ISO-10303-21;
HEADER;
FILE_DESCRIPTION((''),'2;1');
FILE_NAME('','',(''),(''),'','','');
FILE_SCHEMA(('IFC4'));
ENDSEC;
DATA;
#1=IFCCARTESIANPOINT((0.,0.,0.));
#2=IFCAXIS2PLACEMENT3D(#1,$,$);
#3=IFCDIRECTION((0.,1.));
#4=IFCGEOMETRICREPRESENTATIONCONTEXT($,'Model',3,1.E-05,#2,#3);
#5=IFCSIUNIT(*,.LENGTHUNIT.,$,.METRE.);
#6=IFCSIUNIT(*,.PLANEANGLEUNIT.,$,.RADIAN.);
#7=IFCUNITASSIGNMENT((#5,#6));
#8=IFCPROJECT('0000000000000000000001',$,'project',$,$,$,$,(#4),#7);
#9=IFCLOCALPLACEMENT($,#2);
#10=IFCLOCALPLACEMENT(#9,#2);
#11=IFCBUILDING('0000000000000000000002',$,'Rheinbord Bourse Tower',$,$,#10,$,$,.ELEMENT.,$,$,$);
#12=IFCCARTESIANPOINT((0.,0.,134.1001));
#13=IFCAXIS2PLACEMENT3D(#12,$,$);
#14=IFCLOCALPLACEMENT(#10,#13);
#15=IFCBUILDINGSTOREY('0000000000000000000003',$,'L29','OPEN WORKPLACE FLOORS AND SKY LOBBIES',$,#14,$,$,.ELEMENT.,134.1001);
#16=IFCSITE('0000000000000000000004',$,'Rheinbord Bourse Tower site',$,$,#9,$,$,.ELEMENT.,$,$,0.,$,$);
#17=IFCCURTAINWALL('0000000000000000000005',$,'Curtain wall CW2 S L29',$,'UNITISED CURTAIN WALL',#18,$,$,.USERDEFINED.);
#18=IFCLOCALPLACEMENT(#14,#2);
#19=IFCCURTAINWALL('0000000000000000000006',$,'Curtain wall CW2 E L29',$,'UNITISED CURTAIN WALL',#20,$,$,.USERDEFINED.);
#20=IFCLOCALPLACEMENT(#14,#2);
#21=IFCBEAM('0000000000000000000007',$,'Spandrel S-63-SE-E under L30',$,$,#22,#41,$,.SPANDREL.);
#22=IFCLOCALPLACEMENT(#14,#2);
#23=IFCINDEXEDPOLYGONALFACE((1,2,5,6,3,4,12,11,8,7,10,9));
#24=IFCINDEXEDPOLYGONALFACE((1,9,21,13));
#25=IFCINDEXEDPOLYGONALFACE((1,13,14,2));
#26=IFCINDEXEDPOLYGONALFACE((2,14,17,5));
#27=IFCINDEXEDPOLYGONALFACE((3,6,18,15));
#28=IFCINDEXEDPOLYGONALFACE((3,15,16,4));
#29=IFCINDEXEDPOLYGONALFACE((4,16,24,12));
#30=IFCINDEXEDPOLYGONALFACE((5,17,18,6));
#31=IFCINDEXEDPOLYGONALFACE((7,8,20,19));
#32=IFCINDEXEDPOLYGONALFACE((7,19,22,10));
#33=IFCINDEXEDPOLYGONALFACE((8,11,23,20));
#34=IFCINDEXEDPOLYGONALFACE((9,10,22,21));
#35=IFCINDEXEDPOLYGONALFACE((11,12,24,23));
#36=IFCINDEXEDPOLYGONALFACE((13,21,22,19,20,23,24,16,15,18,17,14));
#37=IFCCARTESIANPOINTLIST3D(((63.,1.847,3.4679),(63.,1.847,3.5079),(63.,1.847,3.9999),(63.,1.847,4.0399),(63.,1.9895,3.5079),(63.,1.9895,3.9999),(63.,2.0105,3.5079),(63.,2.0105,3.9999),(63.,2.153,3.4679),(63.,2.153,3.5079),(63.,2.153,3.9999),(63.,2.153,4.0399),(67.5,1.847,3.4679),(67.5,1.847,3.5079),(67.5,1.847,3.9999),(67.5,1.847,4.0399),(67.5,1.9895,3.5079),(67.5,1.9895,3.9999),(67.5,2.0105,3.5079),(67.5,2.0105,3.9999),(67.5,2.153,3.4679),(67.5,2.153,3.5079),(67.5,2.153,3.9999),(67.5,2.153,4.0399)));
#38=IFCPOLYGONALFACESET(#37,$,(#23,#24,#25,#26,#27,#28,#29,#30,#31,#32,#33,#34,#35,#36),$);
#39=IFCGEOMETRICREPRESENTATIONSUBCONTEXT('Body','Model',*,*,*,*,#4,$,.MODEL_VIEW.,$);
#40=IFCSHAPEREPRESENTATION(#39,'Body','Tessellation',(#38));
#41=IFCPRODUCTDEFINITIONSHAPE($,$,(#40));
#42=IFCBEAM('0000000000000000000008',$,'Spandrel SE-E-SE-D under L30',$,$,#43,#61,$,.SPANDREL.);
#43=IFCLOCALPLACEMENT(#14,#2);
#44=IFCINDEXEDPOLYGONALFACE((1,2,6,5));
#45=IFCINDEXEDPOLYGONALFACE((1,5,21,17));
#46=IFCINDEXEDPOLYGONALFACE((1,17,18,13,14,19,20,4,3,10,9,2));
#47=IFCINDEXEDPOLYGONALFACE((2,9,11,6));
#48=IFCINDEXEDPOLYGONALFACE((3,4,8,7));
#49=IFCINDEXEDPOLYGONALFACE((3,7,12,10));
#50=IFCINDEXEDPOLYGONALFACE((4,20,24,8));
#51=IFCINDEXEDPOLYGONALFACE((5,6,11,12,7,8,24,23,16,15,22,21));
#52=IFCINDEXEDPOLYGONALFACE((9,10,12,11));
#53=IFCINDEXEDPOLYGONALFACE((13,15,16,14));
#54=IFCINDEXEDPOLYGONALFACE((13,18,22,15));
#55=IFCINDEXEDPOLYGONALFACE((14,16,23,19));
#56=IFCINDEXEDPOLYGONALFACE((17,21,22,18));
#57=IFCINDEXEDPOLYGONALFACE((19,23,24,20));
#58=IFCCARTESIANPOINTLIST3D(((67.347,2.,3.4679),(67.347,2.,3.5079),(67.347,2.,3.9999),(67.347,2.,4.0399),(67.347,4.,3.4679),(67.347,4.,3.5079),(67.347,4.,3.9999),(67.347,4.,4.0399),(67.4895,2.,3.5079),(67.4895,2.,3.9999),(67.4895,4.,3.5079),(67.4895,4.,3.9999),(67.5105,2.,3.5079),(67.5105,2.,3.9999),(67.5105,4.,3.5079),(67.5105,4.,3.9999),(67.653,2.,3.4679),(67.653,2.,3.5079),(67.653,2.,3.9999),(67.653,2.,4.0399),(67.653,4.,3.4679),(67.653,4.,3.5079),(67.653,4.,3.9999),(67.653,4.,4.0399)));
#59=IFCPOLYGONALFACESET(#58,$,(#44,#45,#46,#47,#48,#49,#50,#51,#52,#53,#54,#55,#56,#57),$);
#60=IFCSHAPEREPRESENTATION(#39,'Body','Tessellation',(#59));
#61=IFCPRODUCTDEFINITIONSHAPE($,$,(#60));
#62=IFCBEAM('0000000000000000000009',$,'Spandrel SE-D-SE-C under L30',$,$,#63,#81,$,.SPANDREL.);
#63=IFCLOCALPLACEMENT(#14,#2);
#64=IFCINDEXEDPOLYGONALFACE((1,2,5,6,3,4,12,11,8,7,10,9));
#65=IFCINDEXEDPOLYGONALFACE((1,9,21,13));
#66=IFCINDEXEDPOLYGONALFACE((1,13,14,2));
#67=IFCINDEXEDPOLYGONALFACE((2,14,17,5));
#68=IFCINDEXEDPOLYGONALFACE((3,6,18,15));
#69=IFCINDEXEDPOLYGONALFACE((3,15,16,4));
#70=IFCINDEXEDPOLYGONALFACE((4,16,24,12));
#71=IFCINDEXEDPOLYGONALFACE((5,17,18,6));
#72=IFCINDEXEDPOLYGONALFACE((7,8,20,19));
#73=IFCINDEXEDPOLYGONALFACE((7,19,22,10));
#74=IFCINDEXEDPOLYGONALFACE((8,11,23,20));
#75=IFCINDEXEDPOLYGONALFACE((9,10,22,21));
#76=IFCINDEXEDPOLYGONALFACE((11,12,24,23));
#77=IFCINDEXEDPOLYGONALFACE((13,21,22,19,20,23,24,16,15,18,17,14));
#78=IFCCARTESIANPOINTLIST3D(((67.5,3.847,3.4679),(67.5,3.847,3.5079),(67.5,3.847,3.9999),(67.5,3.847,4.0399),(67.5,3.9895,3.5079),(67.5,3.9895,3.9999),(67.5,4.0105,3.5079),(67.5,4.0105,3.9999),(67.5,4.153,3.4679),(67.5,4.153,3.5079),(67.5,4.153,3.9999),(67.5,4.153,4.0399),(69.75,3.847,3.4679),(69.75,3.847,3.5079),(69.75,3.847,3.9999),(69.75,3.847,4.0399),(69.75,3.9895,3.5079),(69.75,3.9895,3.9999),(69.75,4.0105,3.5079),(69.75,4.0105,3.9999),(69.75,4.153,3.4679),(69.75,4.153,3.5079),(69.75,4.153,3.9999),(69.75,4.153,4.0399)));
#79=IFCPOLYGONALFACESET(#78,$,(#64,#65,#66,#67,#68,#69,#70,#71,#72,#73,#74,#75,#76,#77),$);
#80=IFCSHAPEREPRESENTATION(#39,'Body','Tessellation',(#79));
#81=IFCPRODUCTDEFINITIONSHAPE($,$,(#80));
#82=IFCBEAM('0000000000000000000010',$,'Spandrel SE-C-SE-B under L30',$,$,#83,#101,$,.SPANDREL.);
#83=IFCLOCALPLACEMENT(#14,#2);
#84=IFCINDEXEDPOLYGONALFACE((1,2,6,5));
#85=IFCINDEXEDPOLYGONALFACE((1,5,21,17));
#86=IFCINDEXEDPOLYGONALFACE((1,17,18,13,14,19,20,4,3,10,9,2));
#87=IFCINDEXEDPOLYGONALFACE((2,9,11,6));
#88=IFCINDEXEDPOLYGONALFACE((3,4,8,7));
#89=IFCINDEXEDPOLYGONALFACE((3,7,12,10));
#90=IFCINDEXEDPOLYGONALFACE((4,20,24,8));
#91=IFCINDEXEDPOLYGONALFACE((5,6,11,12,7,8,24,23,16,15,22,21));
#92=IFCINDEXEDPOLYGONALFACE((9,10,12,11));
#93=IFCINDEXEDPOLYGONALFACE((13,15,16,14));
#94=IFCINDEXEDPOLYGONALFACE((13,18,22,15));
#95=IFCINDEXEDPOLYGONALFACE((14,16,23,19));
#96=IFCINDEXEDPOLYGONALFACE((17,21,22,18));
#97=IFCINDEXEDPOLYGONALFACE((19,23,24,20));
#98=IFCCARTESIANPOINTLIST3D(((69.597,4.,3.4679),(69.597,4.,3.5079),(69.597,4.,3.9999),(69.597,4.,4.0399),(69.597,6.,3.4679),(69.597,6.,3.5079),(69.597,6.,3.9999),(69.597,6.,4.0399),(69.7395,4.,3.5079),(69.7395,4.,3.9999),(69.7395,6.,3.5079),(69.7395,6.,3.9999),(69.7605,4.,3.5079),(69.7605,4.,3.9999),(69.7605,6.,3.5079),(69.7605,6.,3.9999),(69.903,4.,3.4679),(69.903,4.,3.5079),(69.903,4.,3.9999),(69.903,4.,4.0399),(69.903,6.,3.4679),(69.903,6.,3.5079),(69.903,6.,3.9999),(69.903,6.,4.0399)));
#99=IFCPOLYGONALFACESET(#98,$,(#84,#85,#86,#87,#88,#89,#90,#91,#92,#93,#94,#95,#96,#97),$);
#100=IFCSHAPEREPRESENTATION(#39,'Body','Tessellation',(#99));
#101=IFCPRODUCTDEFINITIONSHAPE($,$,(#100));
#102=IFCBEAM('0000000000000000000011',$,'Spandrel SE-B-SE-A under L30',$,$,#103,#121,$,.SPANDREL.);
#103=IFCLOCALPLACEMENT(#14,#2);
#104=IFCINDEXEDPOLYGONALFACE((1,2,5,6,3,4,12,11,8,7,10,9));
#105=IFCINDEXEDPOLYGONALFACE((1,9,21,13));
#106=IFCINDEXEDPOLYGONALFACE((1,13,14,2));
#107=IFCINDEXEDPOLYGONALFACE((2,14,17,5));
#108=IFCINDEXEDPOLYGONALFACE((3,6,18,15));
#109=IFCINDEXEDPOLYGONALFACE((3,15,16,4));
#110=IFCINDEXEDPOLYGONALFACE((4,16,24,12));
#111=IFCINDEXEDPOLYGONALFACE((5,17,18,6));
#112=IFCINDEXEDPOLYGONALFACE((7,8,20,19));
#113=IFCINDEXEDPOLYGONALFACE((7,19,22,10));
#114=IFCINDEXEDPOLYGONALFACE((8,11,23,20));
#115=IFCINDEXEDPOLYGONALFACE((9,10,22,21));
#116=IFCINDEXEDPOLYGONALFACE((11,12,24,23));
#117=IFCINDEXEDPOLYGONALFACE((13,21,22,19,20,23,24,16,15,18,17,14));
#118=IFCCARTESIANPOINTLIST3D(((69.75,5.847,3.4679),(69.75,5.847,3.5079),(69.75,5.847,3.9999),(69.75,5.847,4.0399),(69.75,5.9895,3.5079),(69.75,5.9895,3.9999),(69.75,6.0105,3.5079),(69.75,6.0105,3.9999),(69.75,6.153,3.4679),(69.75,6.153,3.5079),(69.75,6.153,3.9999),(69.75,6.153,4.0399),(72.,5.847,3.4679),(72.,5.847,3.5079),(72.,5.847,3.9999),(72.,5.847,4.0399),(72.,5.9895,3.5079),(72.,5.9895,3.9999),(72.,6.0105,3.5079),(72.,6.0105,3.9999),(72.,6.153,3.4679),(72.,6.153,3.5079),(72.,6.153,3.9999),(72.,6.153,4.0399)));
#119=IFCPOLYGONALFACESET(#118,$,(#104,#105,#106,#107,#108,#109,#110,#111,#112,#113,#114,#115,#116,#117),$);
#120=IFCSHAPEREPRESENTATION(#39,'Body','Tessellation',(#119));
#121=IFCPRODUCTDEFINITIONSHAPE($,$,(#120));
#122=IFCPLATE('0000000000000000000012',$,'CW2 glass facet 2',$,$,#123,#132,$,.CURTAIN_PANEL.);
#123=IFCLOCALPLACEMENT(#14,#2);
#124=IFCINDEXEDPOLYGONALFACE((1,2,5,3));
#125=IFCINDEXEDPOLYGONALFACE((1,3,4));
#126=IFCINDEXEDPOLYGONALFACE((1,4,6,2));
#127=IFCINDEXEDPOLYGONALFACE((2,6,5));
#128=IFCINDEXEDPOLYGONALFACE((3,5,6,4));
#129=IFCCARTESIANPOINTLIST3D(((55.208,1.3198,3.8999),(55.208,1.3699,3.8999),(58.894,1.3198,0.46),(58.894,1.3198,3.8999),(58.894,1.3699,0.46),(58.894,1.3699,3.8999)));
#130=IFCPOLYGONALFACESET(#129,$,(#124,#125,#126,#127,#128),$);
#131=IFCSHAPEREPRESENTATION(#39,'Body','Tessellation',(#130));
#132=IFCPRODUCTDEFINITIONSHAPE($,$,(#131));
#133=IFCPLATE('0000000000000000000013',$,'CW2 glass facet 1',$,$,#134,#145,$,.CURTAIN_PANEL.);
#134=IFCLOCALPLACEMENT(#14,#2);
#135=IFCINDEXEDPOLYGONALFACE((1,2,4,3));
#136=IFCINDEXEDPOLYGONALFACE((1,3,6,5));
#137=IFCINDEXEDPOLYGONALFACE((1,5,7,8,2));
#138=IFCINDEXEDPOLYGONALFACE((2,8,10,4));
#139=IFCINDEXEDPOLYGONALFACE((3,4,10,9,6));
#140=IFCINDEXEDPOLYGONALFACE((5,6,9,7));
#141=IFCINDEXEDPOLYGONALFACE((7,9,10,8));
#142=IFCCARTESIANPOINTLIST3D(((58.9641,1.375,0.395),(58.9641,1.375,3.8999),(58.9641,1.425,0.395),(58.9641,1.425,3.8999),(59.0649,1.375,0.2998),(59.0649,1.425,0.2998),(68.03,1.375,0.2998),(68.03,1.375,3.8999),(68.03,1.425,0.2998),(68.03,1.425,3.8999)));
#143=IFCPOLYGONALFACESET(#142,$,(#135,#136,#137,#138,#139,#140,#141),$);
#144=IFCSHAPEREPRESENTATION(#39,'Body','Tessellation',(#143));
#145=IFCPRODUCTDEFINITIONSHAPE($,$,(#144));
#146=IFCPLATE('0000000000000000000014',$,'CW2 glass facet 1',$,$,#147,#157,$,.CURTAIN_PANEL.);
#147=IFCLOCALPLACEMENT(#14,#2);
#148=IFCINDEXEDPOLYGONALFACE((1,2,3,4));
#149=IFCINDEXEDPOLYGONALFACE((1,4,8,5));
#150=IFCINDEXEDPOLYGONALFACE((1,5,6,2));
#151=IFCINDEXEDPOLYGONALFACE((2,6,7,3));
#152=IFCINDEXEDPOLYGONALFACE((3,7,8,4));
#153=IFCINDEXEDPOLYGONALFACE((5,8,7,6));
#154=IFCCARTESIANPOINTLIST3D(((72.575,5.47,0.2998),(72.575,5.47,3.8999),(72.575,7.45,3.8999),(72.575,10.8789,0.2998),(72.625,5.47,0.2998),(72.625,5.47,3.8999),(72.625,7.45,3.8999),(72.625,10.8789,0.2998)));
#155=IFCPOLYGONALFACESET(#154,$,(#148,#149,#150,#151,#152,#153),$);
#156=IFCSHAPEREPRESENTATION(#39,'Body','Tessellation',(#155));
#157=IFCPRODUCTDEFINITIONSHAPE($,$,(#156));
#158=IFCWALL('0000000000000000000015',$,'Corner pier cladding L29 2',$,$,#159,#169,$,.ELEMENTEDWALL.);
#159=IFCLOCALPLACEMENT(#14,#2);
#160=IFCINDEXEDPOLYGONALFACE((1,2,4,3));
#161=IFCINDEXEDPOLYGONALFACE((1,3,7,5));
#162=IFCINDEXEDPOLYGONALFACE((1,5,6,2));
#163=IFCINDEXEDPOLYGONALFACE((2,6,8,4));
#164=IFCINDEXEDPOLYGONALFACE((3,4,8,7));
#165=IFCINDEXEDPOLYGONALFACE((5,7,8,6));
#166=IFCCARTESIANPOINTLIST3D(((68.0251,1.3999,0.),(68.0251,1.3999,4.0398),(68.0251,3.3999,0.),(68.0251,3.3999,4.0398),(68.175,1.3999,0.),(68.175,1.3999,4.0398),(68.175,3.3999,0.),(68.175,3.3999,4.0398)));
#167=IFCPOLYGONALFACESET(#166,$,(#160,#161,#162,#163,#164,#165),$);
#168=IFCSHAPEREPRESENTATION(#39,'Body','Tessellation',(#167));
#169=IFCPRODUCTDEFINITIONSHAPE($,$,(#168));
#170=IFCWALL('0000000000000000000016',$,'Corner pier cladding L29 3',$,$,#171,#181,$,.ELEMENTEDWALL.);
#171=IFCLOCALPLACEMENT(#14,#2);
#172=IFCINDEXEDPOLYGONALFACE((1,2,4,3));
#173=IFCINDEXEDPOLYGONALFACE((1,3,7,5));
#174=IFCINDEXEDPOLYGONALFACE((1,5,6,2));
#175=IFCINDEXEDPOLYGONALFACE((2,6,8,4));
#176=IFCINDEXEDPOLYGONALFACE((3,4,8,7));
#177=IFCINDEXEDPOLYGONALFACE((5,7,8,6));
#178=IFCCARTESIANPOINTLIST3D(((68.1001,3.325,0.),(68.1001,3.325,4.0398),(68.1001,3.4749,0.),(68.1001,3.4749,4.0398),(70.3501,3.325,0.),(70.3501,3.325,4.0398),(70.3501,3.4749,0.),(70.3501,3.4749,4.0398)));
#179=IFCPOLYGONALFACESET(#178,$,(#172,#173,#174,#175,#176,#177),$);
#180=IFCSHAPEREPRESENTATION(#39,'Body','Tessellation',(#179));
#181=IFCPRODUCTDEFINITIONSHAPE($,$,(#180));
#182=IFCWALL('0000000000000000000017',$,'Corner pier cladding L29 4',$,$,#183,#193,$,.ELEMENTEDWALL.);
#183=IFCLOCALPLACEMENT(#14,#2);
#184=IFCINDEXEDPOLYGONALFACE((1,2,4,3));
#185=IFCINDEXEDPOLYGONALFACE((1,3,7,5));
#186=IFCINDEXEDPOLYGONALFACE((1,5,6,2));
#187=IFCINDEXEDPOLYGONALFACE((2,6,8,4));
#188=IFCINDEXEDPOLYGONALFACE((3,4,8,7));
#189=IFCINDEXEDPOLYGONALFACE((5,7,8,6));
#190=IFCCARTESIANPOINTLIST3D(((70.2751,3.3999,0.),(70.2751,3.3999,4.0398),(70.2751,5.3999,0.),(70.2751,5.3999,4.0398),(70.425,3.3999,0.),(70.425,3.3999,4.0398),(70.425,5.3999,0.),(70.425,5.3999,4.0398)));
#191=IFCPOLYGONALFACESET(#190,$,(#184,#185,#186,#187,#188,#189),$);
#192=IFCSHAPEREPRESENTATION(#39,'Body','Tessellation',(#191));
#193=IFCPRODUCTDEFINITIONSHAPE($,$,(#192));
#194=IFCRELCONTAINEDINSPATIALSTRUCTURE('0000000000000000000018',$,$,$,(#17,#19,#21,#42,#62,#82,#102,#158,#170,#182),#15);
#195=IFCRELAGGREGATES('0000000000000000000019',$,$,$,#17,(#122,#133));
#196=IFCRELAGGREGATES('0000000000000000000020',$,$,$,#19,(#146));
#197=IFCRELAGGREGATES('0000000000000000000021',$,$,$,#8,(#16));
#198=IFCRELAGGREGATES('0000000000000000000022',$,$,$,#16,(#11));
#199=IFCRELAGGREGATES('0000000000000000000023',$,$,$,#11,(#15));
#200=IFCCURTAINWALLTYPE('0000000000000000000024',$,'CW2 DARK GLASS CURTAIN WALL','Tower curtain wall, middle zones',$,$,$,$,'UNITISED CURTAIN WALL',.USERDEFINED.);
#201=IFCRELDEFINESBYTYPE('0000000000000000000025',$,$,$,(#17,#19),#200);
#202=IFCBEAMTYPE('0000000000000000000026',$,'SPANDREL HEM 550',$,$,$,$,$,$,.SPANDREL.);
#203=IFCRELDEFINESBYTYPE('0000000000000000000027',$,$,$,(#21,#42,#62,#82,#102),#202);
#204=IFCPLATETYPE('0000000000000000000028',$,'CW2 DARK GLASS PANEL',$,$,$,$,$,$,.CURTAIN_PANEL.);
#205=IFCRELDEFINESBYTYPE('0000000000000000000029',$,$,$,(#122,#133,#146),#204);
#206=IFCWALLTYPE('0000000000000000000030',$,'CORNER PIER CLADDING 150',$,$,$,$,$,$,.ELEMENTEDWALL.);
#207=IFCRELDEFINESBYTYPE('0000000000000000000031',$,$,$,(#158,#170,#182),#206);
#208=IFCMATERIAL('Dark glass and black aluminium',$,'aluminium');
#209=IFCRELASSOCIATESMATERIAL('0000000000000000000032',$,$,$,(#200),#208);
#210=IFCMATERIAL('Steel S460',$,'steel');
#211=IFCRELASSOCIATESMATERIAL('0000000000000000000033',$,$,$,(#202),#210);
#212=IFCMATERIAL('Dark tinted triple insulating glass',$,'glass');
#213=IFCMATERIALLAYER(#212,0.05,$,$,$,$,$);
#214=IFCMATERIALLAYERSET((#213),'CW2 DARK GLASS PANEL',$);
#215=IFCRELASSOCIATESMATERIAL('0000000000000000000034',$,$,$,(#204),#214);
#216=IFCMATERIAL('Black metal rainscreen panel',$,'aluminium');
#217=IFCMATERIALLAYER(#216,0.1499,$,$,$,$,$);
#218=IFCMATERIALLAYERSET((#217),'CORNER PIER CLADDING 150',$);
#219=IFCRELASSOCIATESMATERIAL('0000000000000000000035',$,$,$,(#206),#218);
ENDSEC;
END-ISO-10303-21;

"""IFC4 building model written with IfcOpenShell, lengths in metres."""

from ifc_helpers import new_model, si_unit, direction, frame, frame_2d, origin, origin_2d, place, context, subcontext, project, spatial, polyline, rectangle, i_section, outline, extrude, material, layer, layer_set, material_profile, profile_set, type_object, element, aggregate, save


model = new_model("IFC4")

# Units and contexts
model_context = context("Model", 3, precision=1e-05, world=origin(), true_north=direction((0.0, 1.0)))
body_context = subcontext(model_context, "Body", "Model", "MODEL_VIEW")
ifc_project = project(units=[si_unit("LENGTHUNIT", "METRE"), si_unit("PLANEANGLEUNIT", "RADIAN")], contexts=[model_context])

# Site, building, storey
site_placement = place(None, origin())
site = spatial("IfcSite", under=ifc_project, at=site_placement, Name="Rheinbord Bourse Tower site", CompositionType="ELEMENT", RefElevation=0.0)
building_placement = place(site_placement, origin())
building = spatial("IfcBuilding", under=site, at=building_placement, Name="Rheinbord Bourse Tower", CompositionType="ELEMENT")
storey_placement = place(building_placement, frame((0.0, 0.0, 134.1001)))
storey = spatial("IfcBuildingStorey", under=building, at=storey_placement, Name="L29", Description="OPEN WORKPLACE FLOORS AND SKY LOBBIES", CompositionType="ELEMENT", Elevation=134.1001)

# Curtain wall
ifc_material_1 = material(Name="Dark glass and black aluminium", Category="aluminium")
curtain_wall_type = type_object("IfcCurtainWallType", Name="CW2 DARK GLASS CURTAIN WALL", Description="Tower curtain wall, middle zones", ElementType="UNITISED CURTAIN WALL", PredefinedType="USERDEFINED", material=ifc_material_1)
curtain_wall_1_placement = place(storey_placement, origin())
curtain_wall_1 = element("IfcCurtainWall", 1, at=curtain_wall_1_placement, inside=storey, type_object=curtain_wall_type, Name="Curtain wall CW2 S L29", ObjectType="UNITISED CURTAIN WALL", PredefinedType="USERDEFINED")

# Curtain wall
curtain_wall_2_placement = place(storey_placement, origin())
curtain_wall_2 = element("IfcCurtainWall", 2, at=curtain_wall_2_placement, inside=storey, type_object=curtain_wall_type, Name="Curtain wall CW2 E L29", ObjectType="UNITISED CURTAIN WALL", PredefinedType="USERDEFINED")

# Beams
ifc_material_2 = material(Name="Steel S460", Category="steel")
ifc_material_profile_1 = material_profile(ifc_material_2, i_section(OverallWidth=0.3059, OverallDepth=0.572, WebThickness=0.021, FlangeThickness=0.04, at=origin_2d()), Name="HEM 550")
ifc_profile_set_1 = profile_set([ifc_material_profile_1], Name="Steel S460")
beam_type_1 = type_object("IfcBeamType", Name="SPANDREL HEM 550", PredefinedType="SPANDREL", material=ifc_profile_set_1)
for number, where, z_axis, x_axis, name in (
    (3, (63.0, 2.0, 3.7539), (1.0, 0.0, 0.0), (0.0, 1.0, 0.0), "Spandrel S-63-SE-E under L30"),
):
    element("IfcBeam", number, at=place(storey_placement, frame(where, z_axis=z_axis, x_axis=x_axis)), inside=storey, type_object=beam_type_1, Name=name, PredefinedType="SPANDREL", context=body_context, shape_type="SweptSolid", body=[
        extrude(i_section(OverallWidth=0.3059, OverallDepth=0.572, WebThickness=0.021, FlangeThickness=0.04, at=origin_2d()), origin(), (0.0, 0.0, 1.0), 4.5),
    ])
beam_1_placement = place(storey_placement, frame((67.5, 2.0, 3.7539), z_axis=(0.0, 1.0, 0.0), x_axis=(-1.0, 0.0, 0.0)))
element("IfcBeam", 4, at=beam_1_placement, inside=storey, type_object=beam_type_1, Name="Spandrel SE-E-SE-D under L30", PredefinedType="SPANDREL", context=body_context, shape_type="SweptSolid", body=[
    extrude(i_section(OverallWidth=0.3059, OverallDepth=0.572, WebThickness=0.021, FlangeThickness=0.04, at=origin_2d()), origin(), (0.0, 0.0, 1.0), 2.0),
])
beam_2_placement = place(storey_placement, frame((67.5, 4.0, 3.7539), z_axis=(1.0, 0.0, 0.0), x_axis=(0.0, 1.0, 0.0)))
element("IfcBeam", 5, at=beam_2_placement, inside=storey, type_object=beam_type_1, Name="Spandrel SE-D-SE-C under L30", PredefinedType="SPANDREL", context=body_context, shape_type="SweptSolid", body=[
    extrude(i_section(OverallWidth=0.3059, OverallDepth=0.572, WebThickness=0.021, FlangeThickness=0.04, at=origin_2d()), origin(), (0.0, 0.0, 1.0), 2.25),
])
beam_3_placement = place(storey_placement, frame((69.75, 4.0, 3.7539), z_axis=(0.0, 1.0, 0.0), x_axis=(-1.0, 0.0, 0.0)))
element("IfcBeam", 6, at=beam_3_placement, inside=storey, type_object=beam_type_1, Name="Spandrel SE-C-SE-B under L30", PredefinedType="SPANDREL", context=body_context, shape_type="SweptSolid", body=[
    extrude(i_section(OverallWidth=0.3059, OverallDepth=0.572, WebThickness=0.021, FlangeThickness=0.04, at=origin_2d()), origin(), (0.0, 0.0, 1.0), 2.0),
])
beam_4_placement = place(storey_placement, frame((69.75, 6.0, 3.7539), z_axis=(1.0, 0.0, 0.0), x_axis=(0.0, 1.0, 0.0)))
element("IfcBeam", 7, at=beam_4_placement, inside=storey, type_object=beam_type_1, Name="Spandrel SE-B-SE-A under L30", PredefinedType="SPANDREL", context=body_context, shape_type="SweptSolid", body=[
    extrude(i_section(OverallWidth=0.3059, OverallDepth=0.572, WebThickness=0.021, FlangeThickness=0.04, at=origin_2d()), origin(), (0.0, 0.0, 1.0), 2.25),
])

# Plates
ifc_material_3 = material(Name="Dark tinted triple insulating glass", Category="glass")
ifc_layer_1 = layer(ifc_material_3, 0.05)
ifc_layer_set_1 = layer_set([ifc_layer_1], Name="CW2 DARK GLASS PANEL")
plate_type = type_object("IfcPlateType", Name="CW2 DARK GLASS PANEL", PredefinedType="CURTAIN_PANEL", material=ifc_layer_set_1)
plate_1_placement = place(storey_placement, frame((58.894, 1.3198, 3.8999), z_axis=(0.0, 1.0, 0.0), x_axis=(0.0, 0.0, -1.0)))
plate_1 = element("IfcPlate", 8, at=plate_1_placement, type_object=plate_type, Name="CW2 glass facet 2", PredefinedType="CURTAIN_PANEL", context=body_context, shape_type="SweptSolid", body=[
    extrude(outline(polyline([(0.0, 0.0), (3.4399, 0.0), (0.0, 3.686), (0.0, 0.0)])), origin(), (0.0, 0.0, 1.0), 0.05),
])
plate_2_placement = place(storey_placement, frame((58.9641, 1.375, 3.8999), z_axis=(0.0, 1.0, 0.0), x_axis=(1.0, 0.0, 0.0)))
plate_2 = element("IfcPlate", 9, at=plate_2_placement, type_object=plate_type, Name="CW2 glass facet 1", PredefinedType="CURTAIN_PANEL", context=body_context, shape_type="SweptSolid", body=[
    extrude(outline(polyline([(0.0, 0.0), (9.0659, 0.0), (9.0659, 3.6001), (0.1008, 3.6001), (0.0, 3.5049), (0.0, 0.0)])), origin(), (0.0, 0.0, 1.0), 0.05),
])
aggregate(curtain_wall_1, [plate_1, plate_2])
plate_3_placement = place(storey_placement, frame((72.625, 5.47, 0.2998), z_axis=(-1.0, 0.0, 0.0), x_axis=(0.0, 0.0, 1.0)))
plate_3 = element("IfcPlate", 10, at=plate_3_placement, type_object=plate_type, Name="CW2 glass facet 1", PredefinedType="CURTAIN_PANEL", context=body_context, shape_type="SweptSolid", body=[
    extrude(outline(polyline([(0.0, 0.0), (3.6001, 0.0), (3.6001, 1.98), (0.0, 5.4089), (0.0, 0.0)])), origin(), (0.0, 0.0, 1.0), 0.05),
])
aggregate(curtain_wall_2, [plate_3])

# Walls
ifc_material_4 = material(Name="Black metal rainscreen panel", Category="aluminium")
ifc_layer_2 = layer(ifc_material_4, 0.1499)
ifc_layer_set_2 = layer_set([ifc_layer_2], Name="CORNER PIER CLADDING 150")
wall_type = type_object("IfcWallType", Name="CORNER PIER CLADDING 150", PredefinedType="ELEMENTEDWALL", material=ifc_layer_set_2)
wall_1_placement = place(storey_placement, frame((68.1001, 1.3999, 0.0), z_axis=(0.0, 0.0, 1.0), x_axis=(0.0, 1.0, 0.0)))
element("IfcWall", 11, at=wall_1_placement, inside=storey, type_object=wall_type, Name="Corner pier cladding L29 2", PredefinedType="ELEMENTEDWALL", context=body_context, shape_type="SweptSolid", body=[
    extrude(rectangle(XDim=2.0, YDim=0.1499, at=frame_2d((1.0, 0.0))), origin(), (0.0, 0.0, 1.0), 4.0398),
])
wall_2_placement = place(storey_placement, frame((68.1001, 3.3999, 0.0), z_axis=(0.0, 0.0, 1.0), x_axis=(1.0, 0.0, 0.0)))
element("IfcWall", 12, at=wall_2_placement, inside=storey, type_object=wall_type, Name="Corner pier cladding L29 3", PredefinedType="ELEMENTEDWALL", context=body_context, shape_type="SweptSolid", body=[
    extrude(rectangle(XDim=2.25, YDim=0.1499, at=frame_2d((1.125, 0.0))), origin(), (0.0, 0.0, 1.0), 4.0398),
])
wall_3_placement = place(storey_placement, frame((70.3501, 3.3999, 0.0), z_axis=(0.0, 0.0, 1.0), x_axis=(0.0, 1.0, 0.0)))
element("IfcWall", 13, at=wall_3_placement, inside=storey, type_object=wall_type, Name="Corner pier cladding L29 4", PredefinedType="ELEMENTEDWALL", context=body_context, shape_type="SweptSolid", body=[
    extrude(rectangle(XDim=2.0, YDim=0.1499, at=frame_2d((1.0, 0.0))), origin(), (0.0, 0.0, 1.0), 4.0398),
])

save(model, "model.ifc")
